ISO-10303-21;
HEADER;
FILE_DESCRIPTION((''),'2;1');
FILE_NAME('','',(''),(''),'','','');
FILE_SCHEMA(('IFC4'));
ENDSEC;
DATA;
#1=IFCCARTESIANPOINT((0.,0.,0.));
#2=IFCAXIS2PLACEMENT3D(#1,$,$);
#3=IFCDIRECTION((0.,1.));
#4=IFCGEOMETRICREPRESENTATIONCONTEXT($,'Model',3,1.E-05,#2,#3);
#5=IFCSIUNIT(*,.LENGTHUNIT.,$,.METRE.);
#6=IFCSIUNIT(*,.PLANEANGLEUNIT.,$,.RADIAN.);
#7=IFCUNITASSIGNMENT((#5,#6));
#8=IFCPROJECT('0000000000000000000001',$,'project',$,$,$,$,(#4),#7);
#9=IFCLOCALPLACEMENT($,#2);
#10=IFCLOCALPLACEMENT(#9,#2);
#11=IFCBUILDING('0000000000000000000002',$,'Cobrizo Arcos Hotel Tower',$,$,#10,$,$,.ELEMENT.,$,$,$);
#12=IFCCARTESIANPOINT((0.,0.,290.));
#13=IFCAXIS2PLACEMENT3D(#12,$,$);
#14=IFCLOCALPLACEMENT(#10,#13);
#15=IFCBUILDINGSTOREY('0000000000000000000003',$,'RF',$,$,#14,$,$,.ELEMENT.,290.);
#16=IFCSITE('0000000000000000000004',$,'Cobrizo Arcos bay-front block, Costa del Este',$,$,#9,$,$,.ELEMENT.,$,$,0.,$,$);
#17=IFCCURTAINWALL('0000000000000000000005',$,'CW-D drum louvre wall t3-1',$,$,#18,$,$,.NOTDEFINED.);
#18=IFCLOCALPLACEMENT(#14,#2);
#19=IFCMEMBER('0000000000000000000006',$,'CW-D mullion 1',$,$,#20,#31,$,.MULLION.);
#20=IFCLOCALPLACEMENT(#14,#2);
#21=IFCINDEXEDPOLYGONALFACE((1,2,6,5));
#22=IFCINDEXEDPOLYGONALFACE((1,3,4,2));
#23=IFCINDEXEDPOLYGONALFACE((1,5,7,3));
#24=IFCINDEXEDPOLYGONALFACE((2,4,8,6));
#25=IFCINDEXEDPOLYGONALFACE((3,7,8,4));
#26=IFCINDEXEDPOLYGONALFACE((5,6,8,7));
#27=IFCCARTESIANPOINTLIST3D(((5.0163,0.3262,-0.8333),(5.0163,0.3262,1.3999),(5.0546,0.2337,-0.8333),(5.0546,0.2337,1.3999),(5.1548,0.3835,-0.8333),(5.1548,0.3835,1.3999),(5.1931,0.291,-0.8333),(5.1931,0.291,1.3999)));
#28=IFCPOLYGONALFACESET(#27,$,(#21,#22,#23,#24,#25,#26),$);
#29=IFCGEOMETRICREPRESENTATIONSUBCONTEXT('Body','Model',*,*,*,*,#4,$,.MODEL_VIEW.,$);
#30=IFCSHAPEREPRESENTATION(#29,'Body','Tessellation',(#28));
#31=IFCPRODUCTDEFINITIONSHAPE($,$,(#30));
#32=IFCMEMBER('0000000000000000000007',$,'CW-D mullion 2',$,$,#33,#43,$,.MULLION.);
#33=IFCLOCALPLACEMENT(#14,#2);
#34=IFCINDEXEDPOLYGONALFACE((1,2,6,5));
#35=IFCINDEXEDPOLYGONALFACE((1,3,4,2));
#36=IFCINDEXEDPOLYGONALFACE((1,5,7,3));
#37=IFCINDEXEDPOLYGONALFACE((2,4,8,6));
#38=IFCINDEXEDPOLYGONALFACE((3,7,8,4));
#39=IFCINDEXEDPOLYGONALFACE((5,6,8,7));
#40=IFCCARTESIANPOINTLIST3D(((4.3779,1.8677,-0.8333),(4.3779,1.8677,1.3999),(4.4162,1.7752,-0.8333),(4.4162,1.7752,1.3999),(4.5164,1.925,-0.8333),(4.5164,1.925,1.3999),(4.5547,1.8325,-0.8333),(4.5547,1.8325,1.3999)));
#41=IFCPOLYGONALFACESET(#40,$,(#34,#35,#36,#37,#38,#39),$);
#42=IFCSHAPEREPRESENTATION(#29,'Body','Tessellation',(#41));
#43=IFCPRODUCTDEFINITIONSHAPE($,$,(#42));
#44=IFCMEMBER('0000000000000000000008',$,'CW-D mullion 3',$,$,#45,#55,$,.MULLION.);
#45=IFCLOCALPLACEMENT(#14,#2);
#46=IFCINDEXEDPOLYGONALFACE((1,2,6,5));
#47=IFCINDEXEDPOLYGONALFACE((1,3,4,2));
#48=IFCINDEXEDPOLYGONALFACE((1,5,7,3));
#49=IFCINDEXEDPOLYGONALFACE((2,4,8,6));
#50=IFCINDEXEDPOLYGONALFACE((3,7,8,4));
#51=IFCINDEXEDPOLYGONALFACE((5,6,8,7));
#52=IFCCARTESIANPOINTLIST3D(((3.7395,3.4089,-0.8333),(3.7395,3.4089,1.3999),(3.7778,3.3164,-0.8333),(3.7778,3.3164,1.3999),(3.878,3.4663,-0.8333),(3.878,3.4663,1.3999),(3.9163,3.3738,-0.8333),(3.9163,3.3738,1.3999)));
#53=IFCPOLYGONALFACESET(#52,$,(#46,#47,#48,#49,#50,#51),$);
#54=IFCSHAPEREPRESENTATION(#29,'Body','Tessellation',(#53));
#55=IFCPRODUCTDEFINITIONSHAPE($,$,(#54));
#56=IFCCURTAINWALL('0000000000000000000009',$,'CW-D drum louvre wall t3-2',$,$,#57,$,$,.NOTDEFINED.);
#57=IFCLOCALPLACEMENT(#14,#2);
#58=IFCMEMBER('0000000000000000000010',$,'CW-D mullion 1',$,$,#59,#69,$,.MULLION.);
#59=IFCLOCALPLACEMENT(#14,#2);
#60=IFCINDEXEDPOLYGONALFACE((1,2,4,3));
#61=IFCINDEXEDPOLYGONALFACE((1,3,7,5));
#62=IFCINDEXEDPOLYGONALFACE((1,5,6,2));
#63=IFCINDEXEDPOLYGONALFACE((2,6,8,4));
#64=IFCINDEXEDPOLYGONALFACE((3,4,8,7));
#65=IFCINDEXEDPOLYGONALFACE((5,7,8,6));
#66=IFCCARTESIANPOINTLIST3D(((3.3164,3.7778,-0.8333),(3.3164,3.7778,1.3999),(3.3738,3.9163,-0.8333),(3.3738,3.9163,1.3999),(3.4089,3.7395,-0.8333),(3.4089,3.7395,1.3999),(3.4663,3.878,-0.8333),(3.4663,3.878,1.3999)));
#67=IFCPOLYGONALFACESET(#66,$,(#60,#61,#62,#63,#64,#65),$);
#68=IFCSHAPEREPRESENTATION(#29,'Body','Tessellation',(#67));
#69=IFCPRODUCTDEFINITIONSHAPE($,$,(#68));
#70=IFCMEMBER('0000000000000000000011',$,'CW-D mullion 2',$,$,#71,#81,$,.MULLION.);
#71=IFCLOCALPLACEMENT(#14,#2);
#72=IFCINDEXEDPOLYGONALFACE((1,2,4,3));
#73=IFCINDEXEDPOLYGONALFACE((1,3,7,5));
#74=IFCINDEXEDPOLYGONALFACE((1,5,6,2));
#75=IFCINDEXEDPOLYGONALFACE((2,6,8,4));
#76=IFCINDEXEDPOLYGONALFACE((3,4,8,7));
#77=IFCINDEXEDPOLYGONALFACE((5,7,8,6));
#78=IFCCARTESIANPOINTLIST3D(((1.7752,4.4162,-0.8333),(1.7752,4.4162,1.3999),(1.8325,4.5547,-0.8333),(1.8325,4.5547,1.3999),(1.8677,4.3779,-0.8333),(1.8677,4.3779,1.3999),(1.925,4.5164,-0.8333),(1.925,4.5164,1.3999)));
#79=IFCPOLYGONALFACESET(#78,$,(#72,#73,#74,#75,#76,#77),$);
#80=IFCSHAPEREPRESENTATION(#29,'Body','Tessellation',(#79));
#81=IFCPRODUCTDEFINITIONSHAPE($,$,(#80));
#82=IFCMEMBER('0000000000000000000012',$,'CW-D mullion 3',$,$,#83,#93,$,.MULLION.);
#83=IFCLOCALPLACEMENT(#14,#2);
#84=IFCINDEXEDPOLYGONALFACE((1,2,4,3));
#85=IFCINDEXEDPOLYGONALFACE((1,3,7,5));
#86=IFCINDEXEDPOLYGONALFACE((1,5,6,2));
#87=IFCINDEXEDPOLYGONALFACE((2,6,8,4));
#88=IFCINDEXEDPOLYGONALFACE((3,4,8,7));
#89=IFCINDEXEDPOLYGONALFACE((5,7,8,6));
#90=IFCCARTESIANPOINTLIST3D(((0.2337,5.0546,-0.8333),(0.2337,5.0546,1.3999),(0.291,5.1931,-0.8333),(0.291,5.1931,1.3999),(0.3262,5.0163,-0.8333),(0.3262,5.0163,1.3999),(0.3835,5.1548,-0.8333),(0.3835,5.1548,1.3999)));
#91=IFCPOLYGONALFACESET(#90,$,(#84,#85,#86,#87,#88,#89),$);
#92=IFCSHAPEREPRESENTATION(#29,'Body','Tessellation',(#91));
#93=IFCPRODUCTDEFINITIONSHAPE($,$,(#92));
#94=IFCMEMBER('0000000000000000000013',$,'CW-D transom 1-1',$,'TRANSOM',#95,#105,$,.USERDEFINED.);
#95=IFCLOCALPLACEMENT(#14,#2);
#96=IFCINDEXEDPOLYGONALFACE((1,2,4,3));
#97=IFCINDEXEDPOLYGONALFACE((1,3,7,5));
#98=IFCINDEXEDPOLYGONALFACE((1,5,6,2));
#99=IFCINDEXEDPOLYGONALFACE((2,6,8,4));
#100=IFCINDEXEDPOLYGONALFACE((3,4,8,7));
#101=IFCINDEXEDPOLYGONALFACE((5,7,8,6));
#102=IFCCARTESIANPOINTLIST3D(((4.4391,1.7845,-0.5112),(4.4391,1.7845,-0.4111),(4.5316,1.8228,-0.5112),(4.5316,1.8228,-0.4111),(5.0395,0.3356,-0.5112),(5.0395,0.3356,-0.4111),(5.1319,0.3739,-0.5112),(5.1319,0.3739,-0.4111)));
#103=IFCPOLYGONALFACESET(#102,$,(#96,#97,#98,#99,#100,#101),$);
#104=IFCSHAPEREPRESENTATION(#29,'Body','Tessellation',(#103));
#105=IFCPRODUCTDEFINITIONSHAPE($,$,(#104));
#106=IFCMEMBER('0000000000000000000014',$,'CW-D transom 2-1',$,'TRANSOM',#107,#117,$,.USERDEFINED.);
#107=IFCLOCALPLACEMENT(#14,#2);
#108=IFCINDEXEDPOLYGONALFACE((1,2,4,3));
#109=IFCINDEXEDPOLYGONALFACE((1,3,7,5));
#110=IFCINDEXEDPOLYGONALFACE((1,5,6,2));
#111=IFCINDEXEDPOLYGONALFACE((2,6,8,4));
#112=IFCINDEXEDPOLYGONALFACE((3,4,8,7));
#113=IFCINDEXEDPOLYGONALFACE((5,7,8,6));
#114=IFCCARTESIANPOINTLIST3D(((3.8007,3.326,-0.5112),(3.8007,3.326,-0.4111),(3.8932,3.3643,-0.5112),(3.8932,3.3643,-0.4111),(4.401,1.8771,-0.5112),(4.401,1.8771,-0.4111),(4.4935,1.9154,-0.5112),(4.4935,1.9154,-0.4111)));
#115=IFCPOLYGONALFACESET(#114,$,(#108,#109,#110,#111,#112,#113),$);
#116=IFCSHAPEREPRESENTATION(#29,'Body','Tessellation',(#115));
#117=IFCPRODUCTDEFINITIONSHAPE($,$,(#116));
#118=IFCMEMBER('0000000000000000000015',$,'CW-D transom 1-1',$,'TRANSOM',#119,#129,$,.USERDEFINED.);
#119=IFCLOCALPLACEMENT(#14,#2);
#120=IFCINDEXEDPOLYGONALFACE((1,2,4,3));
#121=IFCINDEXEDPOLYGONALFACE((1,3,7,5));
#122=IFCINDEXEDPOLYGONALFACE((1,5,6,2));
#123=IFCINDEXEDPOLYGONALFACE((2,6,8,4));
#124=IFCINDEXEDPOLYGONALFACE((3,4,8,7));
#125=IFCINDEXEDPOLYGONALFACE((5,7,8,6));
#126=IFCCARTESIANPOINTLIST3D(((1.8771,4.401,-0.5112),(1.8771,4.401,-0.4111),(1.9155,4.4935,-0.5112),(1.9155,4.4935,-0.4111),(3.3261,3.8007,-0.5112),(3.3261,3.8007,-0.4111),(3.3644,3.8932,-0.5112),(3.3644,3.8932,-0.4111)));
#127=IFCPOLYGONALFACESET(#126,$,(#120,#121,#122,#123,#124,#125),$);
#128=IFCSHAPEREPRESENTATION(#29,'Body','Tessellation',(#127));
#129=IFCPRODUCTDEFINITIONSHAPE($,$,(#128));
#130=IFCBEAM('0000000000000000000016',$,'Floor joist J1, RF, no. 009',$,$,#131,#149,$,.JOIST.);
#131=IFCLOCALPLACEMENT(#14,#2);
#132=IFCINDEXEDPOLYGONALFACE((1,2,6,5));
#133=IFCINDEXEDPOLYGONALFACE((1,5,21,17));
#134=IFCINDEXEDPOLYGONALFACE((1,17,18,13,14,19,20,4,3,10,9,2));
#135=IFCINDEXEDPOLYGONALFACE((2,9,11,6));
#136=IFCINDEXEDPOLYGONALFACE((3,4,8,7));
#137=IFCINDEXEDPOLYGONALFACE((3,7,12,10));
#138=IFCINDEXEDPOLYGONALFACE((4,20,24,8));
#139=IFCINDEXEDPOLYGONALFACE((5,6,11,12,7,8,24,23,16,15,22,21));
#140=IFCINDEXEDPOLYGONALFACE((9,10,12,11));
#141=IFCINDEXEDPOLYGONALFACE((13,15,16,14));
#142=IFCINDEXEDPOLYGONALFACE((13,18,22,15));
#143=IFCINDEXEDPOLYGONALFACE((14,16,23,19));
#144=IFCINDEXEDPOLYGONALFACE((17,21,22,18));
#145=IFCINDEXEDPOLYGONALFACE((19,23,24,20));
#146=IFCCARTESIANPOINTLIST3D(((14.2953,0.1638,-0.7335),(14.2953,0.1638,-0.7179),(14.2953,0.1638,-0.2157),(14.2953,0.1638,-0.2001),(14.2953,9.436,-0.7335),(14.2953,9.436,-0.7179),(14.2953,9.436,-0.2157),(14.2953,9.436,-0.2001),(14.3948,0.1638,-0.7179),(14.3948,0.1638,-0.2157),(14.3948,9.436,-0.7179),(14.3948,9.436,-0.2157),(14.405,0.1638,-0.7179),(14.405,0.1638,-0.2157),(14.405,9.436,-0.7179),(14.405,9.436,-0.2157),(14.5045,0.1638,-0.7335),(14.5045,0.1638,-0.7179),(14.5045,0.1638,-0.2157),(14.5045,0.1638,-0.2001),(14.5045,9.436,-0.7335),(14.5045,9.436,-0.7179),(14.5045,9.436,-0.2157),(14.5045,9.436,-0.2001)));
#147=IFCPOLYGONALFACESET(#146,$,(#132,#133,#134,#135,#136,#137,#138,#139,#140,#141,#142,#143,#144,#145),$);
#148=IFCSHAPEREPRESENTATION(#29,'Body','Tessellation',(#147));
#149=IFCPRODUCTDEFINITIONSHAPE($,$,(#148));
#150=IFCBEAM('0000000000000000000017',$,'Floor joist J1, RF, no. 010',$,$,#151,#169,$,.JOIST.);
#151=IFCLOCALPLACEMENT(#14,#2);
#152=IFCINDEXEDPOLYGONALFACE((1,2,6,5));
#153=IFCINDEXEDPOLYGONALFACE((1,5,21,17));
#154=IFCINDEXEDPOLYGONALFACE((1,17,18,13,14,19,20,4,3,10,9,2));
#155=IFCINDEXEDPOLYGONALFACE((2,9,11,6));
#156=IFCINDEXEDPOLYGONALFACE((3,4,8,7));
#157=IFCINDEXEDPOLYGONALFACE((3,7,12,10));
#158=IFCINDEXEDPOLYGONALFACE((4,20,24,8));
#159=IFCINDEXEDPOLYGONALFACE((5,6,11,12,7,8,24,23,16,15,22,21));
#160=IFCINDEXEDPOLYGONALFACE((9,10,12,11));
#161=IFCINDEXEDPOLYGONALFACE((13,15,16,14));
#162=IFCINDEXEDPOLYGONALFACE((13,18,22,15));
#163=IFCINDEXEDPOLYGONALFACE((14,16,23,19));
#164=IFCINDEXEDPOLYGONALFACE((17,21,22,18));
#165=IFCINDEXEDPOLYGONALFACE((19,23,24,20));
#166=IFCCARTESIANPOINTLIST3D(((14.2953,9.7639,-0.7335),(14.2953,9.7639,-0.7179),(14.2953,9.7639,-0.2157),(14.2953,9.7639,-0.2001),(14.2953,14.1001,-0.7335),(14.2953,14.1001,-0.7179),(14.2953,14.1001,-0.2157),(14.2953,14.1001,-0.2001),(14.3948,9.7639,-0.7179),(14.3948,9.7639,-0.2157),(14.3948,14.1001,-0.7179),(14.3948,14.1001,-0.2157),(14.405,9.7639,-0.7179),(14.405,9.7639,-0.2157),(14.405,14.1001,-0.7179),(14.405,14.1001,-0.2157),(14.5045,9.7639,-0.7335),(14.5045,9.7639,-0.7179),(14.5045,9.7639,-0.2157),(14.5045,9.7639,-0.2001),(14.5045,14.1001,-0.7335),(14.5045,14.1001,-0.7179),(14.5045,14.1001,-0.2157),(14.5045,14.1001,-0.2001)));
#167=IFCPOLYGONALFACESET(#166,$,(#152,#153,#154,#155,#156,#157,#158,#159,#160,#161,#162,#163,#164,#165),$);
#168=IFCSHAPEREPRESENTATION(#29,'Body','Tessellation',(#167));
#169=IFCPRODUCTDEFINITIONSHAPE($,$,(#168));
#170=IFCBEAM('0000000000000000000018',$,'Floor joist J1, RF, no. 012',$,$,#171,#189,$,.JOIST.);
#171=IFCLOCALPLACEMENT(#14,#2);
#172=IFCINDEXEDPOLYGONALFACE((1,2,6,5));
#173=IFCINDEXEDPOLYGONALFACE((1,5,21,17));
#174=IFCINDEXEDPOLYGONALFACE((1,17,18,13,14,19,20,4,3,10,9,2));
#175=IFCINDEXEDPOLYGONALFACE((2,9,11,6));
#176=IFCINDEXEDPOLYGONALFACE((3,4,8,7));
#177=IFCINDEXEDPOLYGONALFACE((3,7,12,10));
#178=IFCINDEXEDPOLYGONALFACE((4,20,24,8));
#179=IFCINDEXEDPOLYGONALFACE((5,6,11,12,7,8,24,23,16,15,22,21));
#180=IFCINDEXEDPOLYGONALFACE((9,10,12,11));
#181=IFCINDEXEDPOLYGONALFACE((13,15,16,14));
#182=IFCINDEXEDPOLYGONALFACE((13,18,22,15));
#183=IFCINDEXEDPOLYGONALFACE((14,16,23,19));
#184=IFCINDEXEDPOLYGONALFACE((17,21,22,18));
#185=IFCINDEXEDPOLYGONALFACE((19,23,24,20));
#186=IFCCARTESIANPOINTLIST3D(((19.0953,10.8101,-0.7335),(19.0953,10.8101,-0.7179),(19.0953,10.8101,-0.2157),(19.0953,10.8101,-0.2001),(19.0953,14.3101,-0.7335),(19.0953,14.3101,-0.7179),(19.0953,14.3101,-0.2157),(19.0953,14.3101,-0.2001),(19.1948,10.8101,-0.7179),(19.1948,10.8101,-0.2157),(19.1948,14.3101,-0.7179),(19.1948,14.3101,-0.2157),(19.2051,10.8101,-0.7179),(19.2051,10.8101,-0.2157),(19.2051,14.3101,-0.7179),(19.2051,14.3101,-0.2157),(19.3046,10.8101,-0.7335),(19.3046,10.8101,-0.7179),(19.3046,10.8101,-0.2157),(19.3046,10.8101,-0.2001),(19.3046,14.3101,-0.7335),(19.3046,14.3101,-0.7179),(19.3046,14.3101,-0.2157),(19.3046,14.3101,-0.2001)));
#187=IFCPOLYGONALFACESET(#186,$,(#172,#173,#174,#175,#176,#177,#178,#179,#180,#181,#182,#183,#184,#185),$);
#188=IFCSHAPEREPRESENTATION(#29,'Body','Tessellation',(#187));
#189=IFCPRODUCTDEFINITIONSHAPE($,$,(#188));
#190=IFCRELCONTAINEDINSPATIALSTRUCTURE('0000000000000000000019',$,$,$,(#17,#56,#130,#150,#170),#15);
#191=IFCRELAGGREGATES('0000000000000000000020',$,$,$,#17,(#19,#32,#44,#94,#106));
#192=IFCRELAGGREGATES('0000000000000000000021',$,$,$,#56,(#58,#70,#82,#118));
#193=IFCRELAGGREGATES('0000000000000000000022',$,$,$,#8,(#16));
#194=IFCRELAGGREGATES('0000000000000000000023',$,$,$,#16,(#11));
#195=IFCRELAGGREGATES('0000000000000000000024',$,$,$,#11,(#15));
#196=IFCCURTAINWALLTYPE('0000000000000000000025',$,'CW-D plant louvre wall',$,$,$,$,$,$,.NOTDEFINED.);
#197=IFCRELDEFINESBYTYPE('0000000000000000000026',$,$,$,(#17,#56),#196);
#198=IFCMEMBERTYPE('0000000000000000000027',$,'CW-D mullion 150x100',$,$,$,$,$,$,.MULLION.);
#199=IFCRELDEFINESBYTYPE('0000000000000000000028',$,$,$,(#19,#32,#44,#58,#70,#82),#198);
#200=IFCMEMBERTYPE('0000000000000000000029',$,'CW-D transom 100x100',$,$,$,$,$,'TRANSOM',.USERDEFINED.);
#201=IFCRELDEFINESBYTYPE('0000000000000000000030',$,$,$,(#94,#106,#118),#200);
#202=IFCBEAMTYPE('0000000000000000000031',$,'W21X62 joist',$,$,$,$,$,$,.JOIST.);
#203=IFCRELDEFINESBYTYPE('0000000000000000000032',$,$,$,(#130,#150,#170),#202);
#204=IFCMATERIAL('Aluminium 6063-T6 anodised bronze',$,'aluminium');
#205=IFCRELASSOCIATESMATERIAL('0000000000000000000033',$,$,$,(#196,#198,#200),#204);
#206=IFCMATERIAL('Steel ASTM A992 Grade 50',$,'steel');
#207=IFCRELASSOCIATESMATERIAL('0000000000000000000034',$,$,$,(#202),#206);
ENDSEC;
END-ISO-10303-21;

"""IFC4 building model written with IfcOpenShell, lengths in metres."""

from ifc_helpers import new_model, si_unit, direction, frame, origin, origin_2d, place, context, subcontext, project, spatial, rectangle, i_section, extrude, material, material_profile, profile_set, type_object, element, aggregate, save


model = new_model("IFC4")

# Units and contexts
model_context = context("Model", 3, precision=1e-05, world=origin(), true_north=direction((0.0, 1.0)))
body_context = subcontext(model_context, "Body", "Model", "MODEL_VIEW")
ifc_project = project(units=[si_unit("LENGTHUNIT", "METRE"), si_unit("PLANEANGLEUNIT", "RADIAN")], contexts=[model_context])

# Site, building, storey
site_placement = place(None, origin())
site = spatial("IfcSite", under=ifc_project, at=site_placement, Name="Cobrizo Arcos bay-front block, Costa del Este", CompositionType="ELEMENT", RefElevation=0.0)
building_placement = place(site_placement, origin())
building = spatial("IfcBuilding", under=site, at=building_placement, Name="Cobrizo Arcos Hotel Tower", CompositionType="ELEMENT")
storey_placement = place(building_placement, frame((0.0, 0.0, 290.0)))
storey = spatial("IfcBuildingStorey", under=building, at=storey_placement, Name="RF", CompositionType="ELEMENT", Elevation=290.0)

# Curtain walls, members
ifc_material_1 = material(Name="Aluminium 6063-T6 anodised bronze", Category="aluminium")
curtain_wall_type = type_object("IfcCurtainWallType", Name="CW-D plant louvre wall", PredefinedType="NOTDEFINED", material=ifc_material_1)
curtain_wall_1_placement = place(storey_placement, origin())
curtain_wall_1 = element("IfcCurtainWall", 1, at=curtain_wall_1_placement, inside=storey, type_object=curtain_wall_type, Name="CW-D drum louvre wall t3-1", PredefinedType="NOTDEFINED")
ifc_material_profile_1 = material_profile(ifc_material_1, rectangle(XDim=0.1499, YDim=0.1001, at=origin_2d()), Name="CW-D mullion 150x100")
ifc_profile_set_1 = profile_set([ifc_material_profile_1], Name="Aluminium 6063-T6 anodised bronze")
member_type_1 = type_object("IfcMemberType", Name="CW-D mullion 150x100", PredefinedType="MULLION", material=ifc_profile_set_1)
member_1_placement = place(storey_placement, frame((5.1047, 0.3086, -0.8333), z_axis=(0.0, 0.0, 1.0), x_axis=(0.92388, 0.382683, 0.0)))
member_1 = element("IfcMember", 2, at=member_1_placement, type_object=member_type_1, Name="CW-D mullion 1", PredefinedType="MULLION", context=body_context, shape_type="SweptSolid", body=[
    extrude(rectangle(XDim=0.1499, YDim=0.1001, at=origin_2d()), origin(), (0.0, 0.0, 1.0), 2.2332),
])
member_2_placement = place(storey_placement, frame((4.4663, 1.8501, -0.8333), z_axis=(0.0, 0.0, 1.0), x_axis=(0.92388, 0.382683, 0.0)))
member_2 = element("IfcMember", 3, at=member_2_placement, type_object=member_type_1, Name="CW-D mullion 2", PredefinedType="MULLION", context=body_context, shape_type="SweptSolid", body=[
    extrude(rectangle(XDim=0.1499, YDim=0.1001, at=origin_2d()), origin(), (0.0, 0.0, 1.0), 2.2332),
])
member_3_placement = place(storey_placement, frame((3.8279, 3.3914, -0.8333), z_axis=(0.0, 0.0, 1.0), x_axis=(0.92388, 0.382683, 0.0)))
member_3 = element("IfcMember", 4, at=member_3_placement, type_object=member_type_1, Name="CW-D mullion 3", PredefinedType="MULLION", context=body_context, shape_type="SweptSolid", body=[
    extrude(rectangle(XDim=0.1499, YDim=0.1001, at=origin_2d()), origin(), (0.0, 0.0, 1.0), 2.2332),
])
curtain_wall_2_placement = place(storey_placement, origin())
curtain_wall_2 = element("IfcCurtainWall", 5, at=curtain_wall_2_placement, inside=storey, type_object=curtain_wall_type, Name="CW-D drum louvre wall t3-2", PredefinedType="NOTDEFINED")
member_4_placement = place(storey_placement, frame((3.3914, 3.8279, -0.8333), z_axis=(0.0, 0.0, 1.0), x_axis=(0.382683, 0.92388, 0.0)))
member_4 = element("IfcMember", 6, at=member_4_placement, type_object=member_type_1, Name="CW-D mullion 1", PredefinedType="MULLION", context=body_context, shape_type="SweptSolid", body=[
    extrude(rectangle(XDim=0.1499, YDim=0.1001, at=origin_2d()), origin(), (0.0, 0.0, 1.0), 2.2332),
])
member_5_placement = place(storey_placement, frame((1.8501, 4.4663, -0.8333), z_axis=(0.0, 0.0, 1.0), x_axis=(0.382683, 0.92388, 0.0)))
member_5 = element("IfcMember", 7, at=member_5_placement, type_object=member_type_1, Name="CW-D mullion 2", PredefinedType="MULLION", context=body_context, shape_type="SweptSolid", body=[
    extrude(rectangle(XDim=0.1499, YDim=0.1001, at=origin_2d()), origin(), (0.0, 0.0, 1.0), 2.2332),
])
member_6_placement = place(storey_placement, frame((0.3086, 5.1047, -0.8333), z_axis=(0.0, 0.0, 1.0), x_axis=(0.382683, 0.92388, 0.0)))
member_6 = element("IfcMember", 8, at=member_6_placement, type_object=member_type_1, Name="CW-D mullion 3", PredefinedType="MULLION", context=body_context, shape_type="SweptSolid", body=[
    extrude(rectangle(XDim=0.1499, YDim=0.1001, at=origin_2d()), origin(), (0.0, 0.0, 1.0), 2.2332),
])

# Members
ifc_material_profile_2 = material_profile(ifc_material_1, rectangle(XDim=0.1001, YDim=0.1001, at=origin_2d()), Name="CW-D transom 100x100")
ifc_profile_set_2 = profile_set([ifc_material_profile_2], Name="Aluminium 6063-T6 anodised bronze")
member_type_2 = type_object("IfcMemberType", Name="CW-D transom 100x100", ElementType="TRANSOM", PredefinedType="USERDEFINED", material=ifc_profile_set_2)
member_7_placement = place(storey_placement, frame((5.0857, 0.3547, -0.4612), z_axis=(-0.382769, 0.923844, 0.0), x_axis=(-0.923844, -0.382769, 0.0)))
member_7 = element("IfcMember", 9, at=member_7_placement, type_object=member_type_2, Name="CW-D transom 1-1", ObjectType="TRANSOM", PredefinedType="USERDEFINED", context=body_context, shape_type="SweptSolid", body=[
    extrude(rectangle(XDim=0.1001, YDim=0.1001, at=origin_2d()), origin(), (0.0, 0.0, 1.0), 1.5684),
])
member_8_placement = place(storey_placement, frame((4.4473, 1.8962, -0.4612), z_axis=(-0.382769, 0.923844, 0.0), x_axis=(-0.923844, -0.382769, 0.0)))
member_8 = element("IfcMember", 10, at=member_8_placement, type_object=member_type_2, Name="CW-D transom 2-1", ObjectType="TRANSOM", PredefinedType="USERDEFINED", context=body_context, shape_type="SweptSolid", body=[
    extrude(rectangle(XDim=0.1001, YDim=0.1001, at=origin_2d()), origin(), (0.0, 0.0, 1.0), 1.5684),
])
member_9_placement = place(storey_placement, frame((3.3452, 3.8469, -0.4612), z_axis=(-0.923844, 0.382769, 0.0), x_axis=(-0.382769, -0.923844, 0.0)))
member_9 = element("IfcMember", 11, at=member_9_placement, type_object=member_type_2, Name="CW-D transom 1-1", ObjectType="TRANSOM", PredefinedType="USERDEFINED", context=body_context, shape_type="SweptSolid", body=[
    extrude(rectangle(XDim=0.1001, YDim=0.1001, at=origin_2d()), origin(), (0.0, 0.0, 1.0), 1.5684),
])

# Beams
ifc_material_2 = material(Name="Steel ASTM A992 Grade 50", Category="steel")
ifc_material_profile_3 = material_profile(ifc_material_2, i_section(OverallWidth=0.2092, OverallDepth=0.5334, WebThickness=0.0103, FlangeThickness=0.0156, at=origin_2d()), Name="W21X62")
ifc_profile_set_3 = profile_set([ifc_material_profile_3], Name="Steel ASTM A992 Grade 50")
beam_type_1 = type_object("IfcBeamType", Name="W21X62 joist", PredefinedType="JOIST", material=ifc_profile_set_3)
beam_1_placement = place(storey_placement, frame((14.3999, 0.1638, -0.4668), z_axis=(0.0, 1.0, 0.0), x_axis=(-1.0, 0.0, 0.0)))
element("IfcBeam", 12, at=beam_1_placement, inside=storey, type_object=beam_type_1, Name="Floor joist J1, RF, no. 009", PredefinedType="JOIST", context=body_context, shape_type="SweptSolid", body=[
    extrude(i_section(OverallWidth=0.2092, OverallDepth=0.5334, WebThickness=0.0103, FlangeThickness=0.0156, at=origin_2d()), origin(), (0.0, 0.0, 1.0), 9.2722),
])
beam_2_placement = place(storey_placement, frame((14.3999, 9.7639, -0.4668), z_axis=(0.0, 1.0, 0.0), x_axis=(-1.0, 0.0, 0.0)))
element("IfcBeam", 13, at=beam_2_placement, inside=storey, type_object=beam_type_1, Name="Floor joist J1, RF, no. 010", PredefinedType="JOIST", context=body_context, shape_type="SweptSolid", body=[
    extrude(i_section(OverallWidth=0.2092, OverallDepth=0.5334, WebThickness=0.0103, FlangeThickness=0.0156, at=origin_2d()), origin(), (0.0, 0.0, 1.0), 4.3362),
])
beam_3_placement = place(storey_placement, frame((19.2, 10.8101, -0.4668), z_axis=(0.0, 1.0, 0.0), x_axis=(-1.0, 0.0, 0.0)))
element("IfcBeam", 14, at=beam_3_placement, inside=storey, type_object=beam_type_1, Name="Floor joist J1, RF, no. 012", PredefinedType="JOIST", context=body_context, shape_type="SweptSolid", body=[
    extrude(i_section(OverallWidth=0.2092, OverallDepth=0.5334, WebThickness=0.0103, FlangeThickness=0.0156, at=origin_2d()), origin(), (0.0, 0.0, 1.0), 3.5),
])

aggregate(curtain_wall_1, [member_1, member_2, member_3, member_7, member_8])
aggregate(curtain_wall_2, [member_4, member_5, member_6, member_9])

save(model, "model.ifc")
